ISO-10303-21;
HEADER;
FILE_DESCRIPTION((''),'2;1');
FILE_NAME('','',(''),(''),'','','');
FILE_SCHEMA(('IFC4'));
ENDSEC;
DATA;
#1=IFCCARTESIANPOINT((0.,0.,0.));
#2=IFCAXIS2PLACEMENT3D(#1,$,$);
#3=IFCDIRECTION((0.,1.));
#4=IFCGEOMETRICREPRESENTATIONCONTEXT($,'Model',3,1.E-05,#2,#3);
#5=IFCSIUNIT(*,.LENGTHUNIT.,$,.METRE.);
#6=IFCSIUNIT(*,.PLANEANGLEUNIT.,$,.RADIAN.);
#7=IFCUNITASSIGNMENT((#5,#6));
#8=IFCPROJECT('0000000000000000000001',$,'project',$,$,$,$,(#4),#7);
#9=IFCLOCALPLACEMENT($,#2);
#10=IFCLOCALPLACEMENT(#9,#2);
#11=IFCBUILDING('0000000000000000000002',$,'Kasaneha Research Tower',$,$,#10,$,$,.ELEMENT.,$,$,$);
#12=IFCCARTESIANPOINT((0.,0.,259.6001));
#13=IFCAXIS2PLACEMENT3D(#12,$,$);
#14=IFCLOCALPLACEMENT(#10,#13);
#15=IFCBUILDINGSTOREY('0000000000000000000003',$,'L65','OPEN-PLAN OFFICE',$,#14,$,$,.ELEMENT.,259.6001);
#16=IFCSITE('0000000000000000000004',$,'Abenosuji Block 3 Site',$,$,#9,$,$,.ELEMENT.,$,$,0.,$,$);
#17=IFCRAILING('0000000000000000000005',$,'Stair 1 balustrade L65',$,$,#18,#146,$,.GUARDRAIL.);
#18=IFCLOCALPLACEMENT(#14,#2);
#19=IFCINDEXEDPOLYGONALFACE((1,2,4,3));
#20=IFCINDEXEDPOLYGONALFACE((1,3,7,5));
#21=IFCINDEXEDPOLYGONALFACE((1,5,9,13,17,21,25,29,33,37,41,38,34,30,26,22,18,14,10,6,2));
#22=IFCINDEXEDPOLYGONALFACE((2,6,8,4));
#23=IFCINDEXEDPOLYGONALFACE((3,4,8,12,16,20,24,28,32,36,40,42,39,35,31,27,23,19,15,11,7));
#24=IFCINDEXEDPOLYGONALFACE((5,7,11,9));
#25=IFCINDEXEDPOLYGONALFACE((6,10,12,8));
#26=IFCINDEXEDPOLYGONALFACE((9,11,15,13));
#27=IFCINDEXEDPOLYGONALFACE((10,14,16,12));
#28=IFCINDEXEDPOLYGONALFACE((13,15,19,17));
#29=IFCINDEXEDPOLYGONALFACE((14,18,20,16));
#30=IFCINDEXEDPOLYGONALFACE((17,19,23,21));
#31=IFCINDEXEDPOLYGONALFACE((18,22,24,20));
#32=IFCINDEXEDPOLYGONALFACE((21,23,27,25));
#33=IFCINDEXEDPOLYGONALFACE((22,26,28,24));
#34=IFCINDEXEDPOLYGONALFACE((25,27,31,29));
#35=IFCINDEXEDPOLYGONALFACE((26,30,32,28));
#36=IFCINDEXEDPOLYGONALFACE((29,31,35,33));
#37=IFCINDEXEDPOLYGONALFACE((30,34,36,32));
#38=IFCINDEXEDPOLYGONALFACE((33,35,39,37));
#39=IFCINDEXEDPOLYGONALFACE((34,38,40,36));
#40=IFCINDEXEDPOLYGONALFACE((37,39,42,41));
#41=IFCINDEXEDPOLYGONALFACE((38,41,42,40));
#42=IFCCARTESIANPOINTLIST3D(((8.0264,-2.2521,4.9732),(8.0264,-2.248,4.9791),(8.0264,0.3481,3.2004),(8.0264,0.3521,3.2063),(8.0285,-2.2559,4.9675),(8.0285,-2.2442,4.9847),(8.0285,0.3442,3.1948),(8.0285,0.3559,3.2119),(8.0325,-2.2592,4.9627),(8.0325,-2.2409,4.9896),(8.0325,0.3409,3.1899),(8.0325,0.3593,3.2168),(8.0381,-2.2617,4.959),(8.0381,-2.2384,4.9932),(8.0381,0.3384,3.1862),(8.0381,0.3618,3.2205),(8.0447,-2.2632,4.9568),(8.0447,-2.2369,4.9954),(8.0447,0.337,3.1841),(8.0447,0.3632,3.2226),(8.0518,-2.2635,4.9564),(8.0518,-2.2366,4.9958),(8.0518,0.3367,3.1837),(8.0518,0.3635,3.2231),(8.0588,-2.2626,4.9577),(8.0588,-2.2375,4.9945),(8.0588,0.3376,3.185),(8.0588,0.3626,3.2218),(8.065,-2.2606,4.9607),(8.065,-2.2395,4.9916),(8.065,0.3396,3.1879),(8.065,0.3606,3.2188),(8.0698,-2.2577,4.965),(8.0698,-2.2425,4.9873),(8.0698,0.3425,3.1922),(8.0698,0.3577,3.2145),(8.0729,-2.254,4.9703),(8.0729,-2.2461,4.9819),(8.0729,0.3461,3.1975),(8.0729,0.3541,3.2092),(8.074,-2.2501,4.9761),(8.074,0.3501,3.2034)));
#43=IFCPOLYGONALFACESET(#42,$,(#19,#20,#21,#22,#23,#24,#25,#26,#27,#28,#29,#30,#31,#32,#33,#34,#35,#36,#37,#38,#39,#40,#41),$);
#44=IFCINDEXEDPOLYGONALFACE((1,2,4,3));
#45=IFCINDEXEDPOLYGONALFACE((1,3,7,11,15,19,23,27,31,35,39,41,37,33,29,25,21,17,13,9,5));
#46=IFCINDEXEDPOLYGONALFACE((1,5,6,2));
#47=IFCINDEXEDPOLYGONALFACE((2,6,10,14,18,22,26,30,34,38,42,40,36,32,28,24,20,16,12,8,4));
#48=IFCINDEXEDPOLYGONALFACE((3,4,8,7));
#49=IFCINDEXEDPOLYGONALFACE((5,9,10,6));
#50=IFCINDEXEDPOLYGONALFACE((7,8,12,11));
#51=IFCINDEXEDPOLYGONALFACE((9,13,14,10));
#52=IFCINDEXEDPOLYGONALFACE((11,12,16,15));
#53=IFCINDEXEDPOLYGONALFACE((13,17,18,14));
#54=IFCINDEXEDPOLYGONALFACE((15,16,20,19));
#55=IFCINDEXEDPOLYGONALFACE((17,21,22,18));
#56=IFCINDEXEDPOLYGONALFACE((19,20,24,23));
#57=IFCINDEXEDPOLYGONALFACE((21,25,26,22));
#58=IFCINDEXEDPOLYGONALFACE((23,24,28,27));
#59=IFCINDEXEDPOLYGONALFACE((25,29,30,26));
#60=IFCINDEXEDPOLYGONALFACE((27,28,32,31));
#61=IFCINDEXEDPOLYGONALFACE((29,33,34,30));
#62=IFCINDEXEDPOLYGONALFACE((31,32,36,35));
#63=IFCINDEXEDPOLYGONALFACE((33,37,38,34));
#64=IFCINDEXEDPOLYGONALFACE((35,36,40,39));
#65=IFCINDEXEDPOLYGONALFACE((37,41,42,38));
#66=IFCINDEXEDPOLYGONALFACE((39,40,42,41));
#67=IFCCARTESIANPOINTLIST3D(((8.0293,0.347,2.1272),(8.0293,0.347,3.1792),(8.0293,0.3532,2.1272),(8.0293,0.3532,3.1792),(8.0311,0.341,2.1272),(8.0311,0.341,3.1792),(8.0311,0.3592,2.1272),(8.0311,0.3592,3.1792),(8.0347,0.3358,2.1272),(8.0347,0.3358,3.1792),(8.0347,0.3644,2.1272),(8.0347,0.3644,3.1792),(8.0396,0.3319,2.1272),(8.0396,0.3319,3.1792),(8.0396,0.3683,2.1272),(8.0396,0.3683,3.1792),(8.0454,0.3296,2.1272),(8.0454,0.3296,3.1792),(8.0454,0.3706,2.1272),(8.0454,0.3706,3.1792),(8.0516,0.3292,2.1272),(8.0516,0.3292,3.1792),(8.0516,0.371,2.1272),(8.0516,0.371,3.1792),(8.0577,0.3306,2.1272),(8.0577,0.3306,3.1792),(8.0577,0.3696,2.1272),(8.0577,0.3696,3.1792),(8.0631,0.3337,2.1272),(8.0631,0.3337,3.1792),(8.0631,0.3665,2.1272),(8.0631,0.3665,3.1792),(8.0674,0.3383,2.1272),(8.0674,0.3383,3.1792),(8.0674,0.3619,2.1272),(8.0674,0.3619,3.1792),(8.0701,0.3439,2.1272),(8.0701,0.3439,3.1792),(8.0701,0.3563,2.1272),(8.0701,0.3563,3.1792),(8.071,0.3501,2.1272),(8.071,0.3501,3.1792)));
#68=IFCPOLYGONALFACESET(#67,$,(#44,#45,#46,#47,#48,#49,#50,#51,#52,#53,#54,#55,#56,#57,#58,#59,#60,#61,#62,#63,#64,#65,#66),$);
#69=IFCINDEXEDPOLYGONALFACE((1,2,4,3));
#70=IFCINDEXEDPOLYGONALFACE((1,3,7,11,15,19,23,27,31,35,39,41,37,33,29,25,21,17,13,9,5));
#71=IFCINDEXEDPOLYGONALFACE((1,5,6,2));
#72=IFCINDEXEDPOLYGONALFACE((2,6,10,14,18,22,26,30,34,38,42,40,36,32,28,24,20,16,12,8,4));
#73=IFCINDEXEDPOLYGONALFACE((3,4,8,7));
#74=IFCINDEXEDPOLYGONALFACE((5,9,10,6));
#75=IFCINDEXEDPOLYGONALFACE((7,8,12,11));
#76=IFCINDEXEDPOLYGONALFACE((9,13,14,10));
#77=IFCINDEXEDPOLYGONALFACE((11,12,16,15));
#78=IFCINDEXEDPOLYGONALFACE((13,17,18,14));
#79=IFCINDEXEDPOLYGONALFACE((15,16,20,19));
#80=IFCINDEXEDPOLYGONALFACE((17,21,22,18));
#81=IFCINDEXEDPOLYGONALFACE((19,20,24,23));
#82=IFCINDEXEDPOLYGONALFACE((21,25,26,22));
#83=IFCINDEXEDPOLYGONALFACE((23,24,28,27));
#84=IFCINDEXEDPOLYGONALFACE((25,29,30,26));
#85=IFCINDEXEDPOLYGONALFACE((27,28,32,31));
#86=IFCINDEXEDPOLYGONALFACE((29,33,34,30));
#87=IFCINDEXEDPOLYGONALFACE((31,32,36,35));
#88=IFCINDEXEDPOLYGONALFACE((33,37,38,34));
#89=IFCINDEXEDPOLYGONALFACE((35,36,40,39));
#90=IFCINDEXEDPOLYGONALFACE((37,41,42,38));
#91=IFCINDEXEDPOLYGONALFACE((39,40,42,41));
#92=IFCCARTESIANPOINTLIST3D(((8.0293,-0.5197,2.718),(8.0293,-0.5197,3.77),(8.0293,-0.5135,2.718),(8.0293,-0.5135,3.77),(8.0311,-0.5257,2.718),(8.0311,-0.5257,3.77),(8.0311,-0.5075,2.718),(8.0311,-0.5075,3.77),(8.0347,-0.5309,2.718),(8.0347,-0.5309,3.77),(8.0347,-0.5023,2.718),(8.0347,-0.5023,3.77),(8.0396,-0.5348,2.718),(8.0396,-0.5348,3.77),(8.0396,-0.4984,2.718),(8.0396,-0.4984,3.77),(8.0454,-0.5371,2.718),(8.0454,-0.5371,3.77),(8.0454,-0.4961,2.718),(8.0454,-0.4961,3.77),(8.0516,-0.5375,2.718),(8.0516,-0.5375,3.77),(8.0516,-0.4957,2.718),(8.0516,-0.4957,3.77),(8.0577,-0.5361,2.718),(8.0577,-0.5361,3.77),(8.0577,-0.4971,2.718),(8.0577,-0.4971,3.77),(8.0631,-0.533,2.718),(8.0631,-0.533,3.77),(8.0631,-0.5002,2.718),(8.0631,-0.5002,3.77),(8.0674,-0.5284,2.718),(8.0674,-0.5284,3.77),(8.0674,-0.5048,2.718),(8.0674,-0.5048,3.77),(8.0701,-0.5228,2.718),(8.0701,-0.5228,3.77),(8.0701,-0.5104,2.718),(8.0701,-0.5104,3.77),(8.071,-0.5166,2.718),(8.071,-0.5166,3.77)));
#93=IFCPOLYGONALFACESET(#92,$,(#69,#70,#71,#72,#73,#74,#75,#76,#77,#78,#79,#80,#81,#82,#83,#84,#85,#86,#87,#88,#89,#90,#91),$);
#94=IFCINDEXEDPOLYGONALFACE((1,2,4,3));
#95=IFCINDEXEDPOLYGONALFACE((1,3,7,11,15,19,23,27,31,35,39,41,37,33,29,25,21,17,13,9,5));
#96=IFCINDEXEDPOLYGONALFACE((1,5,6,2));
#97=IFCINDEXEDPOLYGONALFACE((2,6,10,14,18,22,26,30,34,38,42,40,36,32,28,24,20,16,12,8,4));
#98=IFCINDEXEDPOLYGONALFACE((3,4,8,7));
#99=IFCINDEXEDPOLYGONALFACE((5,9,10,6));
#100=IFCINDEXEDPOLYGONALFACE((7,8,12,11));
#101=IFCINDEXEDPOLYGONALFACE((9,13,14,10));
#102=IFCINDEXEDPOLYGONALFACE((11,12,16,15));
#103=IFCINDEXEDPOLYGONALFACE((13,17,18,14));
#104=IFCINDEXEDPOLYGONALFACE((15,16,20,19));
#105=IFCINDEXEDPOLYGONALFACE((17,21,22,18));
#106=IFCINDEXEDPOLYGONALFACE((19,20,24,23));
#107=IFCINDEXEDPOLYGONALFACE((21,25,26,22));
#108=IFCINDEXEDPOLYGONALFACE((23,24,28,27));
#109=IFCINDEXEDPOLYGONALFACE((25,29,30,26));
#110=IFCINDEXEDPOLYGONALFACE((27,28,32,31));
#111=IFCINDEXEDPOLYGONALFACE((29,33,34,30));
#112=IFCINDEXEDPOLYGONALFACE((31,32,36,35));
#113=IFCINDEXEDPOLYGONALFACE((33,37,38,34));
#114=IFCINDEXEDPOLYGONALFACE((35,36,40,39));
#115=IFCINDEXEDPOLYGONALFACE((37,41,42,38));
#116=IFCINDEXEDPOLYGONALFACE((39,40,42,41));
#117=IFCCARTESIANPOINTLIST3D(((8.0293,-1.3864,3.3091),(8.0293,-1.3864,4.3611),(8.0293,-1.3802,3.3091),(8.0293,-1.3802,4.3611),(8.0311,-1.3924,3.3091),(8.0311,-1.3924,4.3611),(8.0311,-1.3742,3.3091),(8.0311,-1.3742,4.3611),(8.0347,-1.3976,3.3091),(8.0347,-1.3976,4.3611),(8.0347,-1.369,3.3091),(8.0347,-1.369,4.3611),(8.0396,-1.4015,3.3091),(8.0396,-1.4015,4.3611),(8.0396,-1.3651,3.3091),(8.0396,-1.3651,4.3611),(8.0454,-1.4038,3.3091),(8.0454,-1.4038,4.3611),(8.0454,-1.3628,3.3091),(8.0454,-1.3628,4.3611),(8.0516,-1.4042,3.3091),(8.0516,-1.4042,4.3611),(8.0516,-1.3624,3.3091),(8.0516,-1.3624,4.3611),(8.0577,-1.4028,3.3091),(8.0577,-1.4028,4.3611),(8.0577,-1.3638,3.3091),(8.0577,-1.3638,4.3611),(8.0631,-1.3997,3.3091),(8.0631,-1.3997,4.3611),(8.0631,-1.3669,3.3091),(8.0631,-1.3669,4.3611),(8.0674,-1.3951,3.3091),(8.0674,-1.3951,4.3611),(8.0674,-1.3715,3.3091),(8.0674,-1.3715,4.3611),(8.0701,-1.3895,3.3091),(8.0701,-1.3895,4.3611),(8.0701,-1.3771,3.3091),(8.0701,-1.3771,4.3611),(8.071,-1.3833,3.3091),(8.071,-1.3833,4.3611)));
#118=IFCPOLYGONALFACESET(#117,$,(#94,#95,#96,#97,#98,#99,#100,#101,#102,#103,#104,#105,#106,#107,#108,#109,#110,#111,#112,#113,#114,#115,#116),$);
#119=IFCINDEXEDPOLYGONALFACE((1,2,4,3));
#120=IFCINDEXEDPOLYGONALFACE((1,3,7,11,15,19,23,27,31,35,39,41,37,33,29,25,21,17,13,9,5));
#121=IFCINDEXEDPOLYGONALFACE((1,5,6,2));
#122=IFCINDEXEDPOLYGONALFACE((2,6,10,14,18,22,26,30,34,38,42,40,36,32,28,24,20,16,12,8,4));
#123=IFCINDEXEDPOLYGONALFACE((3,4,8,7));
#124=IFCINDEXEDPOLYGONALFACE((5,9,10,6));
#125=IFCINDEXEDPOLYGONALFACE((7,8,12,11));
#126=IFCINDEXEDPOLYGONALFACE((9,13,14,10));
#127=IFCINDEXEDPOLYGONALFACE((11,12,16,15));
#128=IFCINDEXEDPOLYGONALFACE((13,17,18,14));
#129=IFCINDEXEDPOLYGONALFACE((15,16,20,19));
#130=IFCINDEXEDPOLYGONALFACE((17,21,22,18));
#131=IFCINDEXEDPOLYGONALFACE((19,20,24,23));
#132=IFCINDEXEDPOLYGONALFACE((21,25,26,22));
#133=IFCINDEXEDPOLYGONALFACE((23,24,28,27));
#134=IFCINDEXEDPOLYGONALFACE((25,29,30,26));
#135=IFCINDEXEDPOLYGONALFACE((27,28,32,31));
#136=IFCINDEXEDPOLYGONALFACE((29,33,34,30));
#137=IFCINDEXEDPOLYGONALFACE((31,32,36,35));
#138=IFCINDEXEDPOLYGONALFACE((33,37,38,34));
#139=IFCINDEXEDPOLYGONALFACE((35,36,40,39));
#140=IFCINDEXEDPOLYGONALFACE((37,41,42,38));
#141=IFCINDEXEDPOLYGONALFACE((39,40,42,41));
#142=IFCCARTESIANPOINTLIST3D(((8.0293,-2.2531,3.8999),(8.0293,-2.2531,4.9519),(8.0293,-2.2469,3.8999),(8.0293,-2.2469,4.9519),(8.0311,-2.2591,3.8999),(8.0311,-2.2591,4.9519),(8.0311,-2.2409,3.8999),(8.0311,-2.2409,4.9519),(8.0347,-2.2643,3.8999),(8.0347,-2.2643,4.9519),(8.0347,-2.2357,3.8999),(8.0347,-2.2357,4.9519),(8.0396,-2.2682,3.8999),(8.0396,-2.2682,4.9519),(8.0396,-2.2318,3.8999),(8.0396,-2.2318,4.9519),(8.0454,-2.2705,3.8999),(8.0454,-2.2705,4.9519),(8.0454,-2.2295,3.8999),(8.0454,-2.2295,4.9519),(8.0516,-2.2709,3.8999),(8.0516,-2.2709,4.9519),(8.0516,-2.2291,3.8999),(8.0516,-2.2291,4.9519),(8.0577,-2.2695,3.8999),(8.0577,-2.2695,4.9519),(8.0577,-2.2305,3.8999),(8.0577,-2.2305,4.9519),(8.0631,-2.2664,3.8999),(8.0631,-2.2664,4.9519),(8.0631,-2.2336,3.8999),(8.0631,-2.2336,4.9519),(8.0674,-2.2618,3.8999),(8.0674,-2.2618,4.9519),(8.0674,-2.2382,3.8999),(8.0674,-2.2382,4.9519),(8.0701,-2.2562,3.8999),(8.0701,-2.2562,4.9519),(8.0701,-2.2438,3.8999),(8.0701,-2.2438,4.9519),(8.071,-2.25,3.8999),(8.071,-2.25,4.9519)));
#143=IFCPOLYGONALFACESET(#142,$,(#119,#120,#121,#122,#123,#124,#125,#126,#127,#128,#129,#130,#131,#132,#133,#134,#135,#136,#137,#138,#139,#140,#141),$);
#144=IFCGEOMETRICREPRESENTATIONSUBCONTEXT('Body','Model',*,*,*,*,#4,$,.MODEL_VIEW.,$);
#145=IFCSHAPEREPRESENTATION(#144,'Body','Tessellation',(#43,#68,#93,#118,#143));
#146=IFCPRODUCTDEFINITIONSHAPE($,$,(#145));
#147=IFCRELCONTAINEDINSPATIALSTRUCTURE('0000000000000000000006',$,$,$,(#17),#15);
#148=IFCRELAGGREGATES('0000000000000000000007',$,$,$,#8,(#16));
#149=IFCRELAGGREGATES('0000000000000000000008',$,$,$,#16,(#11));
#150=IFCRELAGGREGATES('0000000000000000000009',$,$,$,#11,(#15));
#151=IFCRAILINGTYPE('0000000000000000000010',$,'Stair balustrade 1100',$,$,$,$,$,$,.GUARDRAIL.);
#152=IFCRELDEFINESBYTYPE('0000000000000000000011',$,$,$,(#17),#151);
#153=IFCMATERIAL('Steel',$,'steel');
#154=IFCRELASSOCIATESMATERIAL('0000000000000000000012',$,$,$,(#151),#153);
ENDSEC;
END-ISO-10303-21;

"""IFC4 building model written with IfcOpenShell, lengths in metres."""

from ifc_helpers import new_model, si_unit, direction, frame, origin, origin_2d, place, context, subcontext, project, spatial, circle, extrude, material, type_object, element, save


model = new_model("IFC4")

# Units and contexts
model_context = context("Model", 3, precision=1e-05, world=origin(), true_north=direction((0.0, 1.0)))
body_context = subcontext(model_context, "Body", "Model", "MODEL_VIEW")
ifc_project = project(units=[si_unit("LENGTHUNIT", "METRE"), si_unit("PLANEANGLEUNIT", "RADIAN")], contexts=[model_context])

# Site, building, storey
site_placement = place(None, origin())
site = spatial("IfcSite", under=ifc_project, at=site_placement, Name="Abenosuji Block 3 Site", CompositionType="ELEMENT", RefElevation=0.0)
building_placement = place(site_placement, origin())
building = spatial("IfcBuilding", under=site, at=building_placement, Name="Kasaneha Research Tower", CompositionType="ELEMENT")
storey_placement = place(building_placement, frame((0.0, 0.0, 259.6001)))
storey = spatial("IfcBuildingStorey", under=building, at=storey_placement, Name="L65", Description="OPEN-PLAN OFFICE", CompositionType="ELEMENT", Elevation=259.6001)

# Railing
ifc_material_1 = material(Name="Steel", Category="steel")
railing_type_1 = type_object("IfcRailingType", Name="Stair balustrade 1100", PredefinedType="GUARDRAIL", material=ifc_material_1)
railing_1_placement = place(storey_placement, frame((8.05, 0.3501, 2.1272)))
element("IfcRailing", 1, at=railing_1_placement, inside=storey, type_object=railing_type_1, Name="Stair 1 balustrade L65", PredefinedType="GUARDRAIL", context=body_context, shape_type="SweptSolid", body=[
    extrude(circle(Radius=0.0239, at=origin_2d()), frame((0.0, 0.0, 1.0762), z_axis=(0.0, -0.82624, 0.563318), x_axis=(1.0, 0.0, 0.0)), (0.0, 0.0, 1.0), 3.147),
    extrude(circle(Radius=0.021, at=origin_2d()), origin(), (0.0, 0.0, 1.0), 1.052),
    extrude(circle(Radius=0.021, at=origin_2d()), frame((0.0, -0.8667, 0.5908)), (0.0, 0.0, 1.0), 1.052),
    extrude(circle(Radius=0.021, at=origin_2d()), frame((0.0, -1.7334, 1.1819)), (0.0, 0.0, 1.0), 1.052),
    extrude(circle(Radius=0.021, at=origin_2d()), frame((0.0, -2.6001, 1.7727)), (0.0, 0.0, 1.0), 1.052),
])

save(model, "model.ifc")
